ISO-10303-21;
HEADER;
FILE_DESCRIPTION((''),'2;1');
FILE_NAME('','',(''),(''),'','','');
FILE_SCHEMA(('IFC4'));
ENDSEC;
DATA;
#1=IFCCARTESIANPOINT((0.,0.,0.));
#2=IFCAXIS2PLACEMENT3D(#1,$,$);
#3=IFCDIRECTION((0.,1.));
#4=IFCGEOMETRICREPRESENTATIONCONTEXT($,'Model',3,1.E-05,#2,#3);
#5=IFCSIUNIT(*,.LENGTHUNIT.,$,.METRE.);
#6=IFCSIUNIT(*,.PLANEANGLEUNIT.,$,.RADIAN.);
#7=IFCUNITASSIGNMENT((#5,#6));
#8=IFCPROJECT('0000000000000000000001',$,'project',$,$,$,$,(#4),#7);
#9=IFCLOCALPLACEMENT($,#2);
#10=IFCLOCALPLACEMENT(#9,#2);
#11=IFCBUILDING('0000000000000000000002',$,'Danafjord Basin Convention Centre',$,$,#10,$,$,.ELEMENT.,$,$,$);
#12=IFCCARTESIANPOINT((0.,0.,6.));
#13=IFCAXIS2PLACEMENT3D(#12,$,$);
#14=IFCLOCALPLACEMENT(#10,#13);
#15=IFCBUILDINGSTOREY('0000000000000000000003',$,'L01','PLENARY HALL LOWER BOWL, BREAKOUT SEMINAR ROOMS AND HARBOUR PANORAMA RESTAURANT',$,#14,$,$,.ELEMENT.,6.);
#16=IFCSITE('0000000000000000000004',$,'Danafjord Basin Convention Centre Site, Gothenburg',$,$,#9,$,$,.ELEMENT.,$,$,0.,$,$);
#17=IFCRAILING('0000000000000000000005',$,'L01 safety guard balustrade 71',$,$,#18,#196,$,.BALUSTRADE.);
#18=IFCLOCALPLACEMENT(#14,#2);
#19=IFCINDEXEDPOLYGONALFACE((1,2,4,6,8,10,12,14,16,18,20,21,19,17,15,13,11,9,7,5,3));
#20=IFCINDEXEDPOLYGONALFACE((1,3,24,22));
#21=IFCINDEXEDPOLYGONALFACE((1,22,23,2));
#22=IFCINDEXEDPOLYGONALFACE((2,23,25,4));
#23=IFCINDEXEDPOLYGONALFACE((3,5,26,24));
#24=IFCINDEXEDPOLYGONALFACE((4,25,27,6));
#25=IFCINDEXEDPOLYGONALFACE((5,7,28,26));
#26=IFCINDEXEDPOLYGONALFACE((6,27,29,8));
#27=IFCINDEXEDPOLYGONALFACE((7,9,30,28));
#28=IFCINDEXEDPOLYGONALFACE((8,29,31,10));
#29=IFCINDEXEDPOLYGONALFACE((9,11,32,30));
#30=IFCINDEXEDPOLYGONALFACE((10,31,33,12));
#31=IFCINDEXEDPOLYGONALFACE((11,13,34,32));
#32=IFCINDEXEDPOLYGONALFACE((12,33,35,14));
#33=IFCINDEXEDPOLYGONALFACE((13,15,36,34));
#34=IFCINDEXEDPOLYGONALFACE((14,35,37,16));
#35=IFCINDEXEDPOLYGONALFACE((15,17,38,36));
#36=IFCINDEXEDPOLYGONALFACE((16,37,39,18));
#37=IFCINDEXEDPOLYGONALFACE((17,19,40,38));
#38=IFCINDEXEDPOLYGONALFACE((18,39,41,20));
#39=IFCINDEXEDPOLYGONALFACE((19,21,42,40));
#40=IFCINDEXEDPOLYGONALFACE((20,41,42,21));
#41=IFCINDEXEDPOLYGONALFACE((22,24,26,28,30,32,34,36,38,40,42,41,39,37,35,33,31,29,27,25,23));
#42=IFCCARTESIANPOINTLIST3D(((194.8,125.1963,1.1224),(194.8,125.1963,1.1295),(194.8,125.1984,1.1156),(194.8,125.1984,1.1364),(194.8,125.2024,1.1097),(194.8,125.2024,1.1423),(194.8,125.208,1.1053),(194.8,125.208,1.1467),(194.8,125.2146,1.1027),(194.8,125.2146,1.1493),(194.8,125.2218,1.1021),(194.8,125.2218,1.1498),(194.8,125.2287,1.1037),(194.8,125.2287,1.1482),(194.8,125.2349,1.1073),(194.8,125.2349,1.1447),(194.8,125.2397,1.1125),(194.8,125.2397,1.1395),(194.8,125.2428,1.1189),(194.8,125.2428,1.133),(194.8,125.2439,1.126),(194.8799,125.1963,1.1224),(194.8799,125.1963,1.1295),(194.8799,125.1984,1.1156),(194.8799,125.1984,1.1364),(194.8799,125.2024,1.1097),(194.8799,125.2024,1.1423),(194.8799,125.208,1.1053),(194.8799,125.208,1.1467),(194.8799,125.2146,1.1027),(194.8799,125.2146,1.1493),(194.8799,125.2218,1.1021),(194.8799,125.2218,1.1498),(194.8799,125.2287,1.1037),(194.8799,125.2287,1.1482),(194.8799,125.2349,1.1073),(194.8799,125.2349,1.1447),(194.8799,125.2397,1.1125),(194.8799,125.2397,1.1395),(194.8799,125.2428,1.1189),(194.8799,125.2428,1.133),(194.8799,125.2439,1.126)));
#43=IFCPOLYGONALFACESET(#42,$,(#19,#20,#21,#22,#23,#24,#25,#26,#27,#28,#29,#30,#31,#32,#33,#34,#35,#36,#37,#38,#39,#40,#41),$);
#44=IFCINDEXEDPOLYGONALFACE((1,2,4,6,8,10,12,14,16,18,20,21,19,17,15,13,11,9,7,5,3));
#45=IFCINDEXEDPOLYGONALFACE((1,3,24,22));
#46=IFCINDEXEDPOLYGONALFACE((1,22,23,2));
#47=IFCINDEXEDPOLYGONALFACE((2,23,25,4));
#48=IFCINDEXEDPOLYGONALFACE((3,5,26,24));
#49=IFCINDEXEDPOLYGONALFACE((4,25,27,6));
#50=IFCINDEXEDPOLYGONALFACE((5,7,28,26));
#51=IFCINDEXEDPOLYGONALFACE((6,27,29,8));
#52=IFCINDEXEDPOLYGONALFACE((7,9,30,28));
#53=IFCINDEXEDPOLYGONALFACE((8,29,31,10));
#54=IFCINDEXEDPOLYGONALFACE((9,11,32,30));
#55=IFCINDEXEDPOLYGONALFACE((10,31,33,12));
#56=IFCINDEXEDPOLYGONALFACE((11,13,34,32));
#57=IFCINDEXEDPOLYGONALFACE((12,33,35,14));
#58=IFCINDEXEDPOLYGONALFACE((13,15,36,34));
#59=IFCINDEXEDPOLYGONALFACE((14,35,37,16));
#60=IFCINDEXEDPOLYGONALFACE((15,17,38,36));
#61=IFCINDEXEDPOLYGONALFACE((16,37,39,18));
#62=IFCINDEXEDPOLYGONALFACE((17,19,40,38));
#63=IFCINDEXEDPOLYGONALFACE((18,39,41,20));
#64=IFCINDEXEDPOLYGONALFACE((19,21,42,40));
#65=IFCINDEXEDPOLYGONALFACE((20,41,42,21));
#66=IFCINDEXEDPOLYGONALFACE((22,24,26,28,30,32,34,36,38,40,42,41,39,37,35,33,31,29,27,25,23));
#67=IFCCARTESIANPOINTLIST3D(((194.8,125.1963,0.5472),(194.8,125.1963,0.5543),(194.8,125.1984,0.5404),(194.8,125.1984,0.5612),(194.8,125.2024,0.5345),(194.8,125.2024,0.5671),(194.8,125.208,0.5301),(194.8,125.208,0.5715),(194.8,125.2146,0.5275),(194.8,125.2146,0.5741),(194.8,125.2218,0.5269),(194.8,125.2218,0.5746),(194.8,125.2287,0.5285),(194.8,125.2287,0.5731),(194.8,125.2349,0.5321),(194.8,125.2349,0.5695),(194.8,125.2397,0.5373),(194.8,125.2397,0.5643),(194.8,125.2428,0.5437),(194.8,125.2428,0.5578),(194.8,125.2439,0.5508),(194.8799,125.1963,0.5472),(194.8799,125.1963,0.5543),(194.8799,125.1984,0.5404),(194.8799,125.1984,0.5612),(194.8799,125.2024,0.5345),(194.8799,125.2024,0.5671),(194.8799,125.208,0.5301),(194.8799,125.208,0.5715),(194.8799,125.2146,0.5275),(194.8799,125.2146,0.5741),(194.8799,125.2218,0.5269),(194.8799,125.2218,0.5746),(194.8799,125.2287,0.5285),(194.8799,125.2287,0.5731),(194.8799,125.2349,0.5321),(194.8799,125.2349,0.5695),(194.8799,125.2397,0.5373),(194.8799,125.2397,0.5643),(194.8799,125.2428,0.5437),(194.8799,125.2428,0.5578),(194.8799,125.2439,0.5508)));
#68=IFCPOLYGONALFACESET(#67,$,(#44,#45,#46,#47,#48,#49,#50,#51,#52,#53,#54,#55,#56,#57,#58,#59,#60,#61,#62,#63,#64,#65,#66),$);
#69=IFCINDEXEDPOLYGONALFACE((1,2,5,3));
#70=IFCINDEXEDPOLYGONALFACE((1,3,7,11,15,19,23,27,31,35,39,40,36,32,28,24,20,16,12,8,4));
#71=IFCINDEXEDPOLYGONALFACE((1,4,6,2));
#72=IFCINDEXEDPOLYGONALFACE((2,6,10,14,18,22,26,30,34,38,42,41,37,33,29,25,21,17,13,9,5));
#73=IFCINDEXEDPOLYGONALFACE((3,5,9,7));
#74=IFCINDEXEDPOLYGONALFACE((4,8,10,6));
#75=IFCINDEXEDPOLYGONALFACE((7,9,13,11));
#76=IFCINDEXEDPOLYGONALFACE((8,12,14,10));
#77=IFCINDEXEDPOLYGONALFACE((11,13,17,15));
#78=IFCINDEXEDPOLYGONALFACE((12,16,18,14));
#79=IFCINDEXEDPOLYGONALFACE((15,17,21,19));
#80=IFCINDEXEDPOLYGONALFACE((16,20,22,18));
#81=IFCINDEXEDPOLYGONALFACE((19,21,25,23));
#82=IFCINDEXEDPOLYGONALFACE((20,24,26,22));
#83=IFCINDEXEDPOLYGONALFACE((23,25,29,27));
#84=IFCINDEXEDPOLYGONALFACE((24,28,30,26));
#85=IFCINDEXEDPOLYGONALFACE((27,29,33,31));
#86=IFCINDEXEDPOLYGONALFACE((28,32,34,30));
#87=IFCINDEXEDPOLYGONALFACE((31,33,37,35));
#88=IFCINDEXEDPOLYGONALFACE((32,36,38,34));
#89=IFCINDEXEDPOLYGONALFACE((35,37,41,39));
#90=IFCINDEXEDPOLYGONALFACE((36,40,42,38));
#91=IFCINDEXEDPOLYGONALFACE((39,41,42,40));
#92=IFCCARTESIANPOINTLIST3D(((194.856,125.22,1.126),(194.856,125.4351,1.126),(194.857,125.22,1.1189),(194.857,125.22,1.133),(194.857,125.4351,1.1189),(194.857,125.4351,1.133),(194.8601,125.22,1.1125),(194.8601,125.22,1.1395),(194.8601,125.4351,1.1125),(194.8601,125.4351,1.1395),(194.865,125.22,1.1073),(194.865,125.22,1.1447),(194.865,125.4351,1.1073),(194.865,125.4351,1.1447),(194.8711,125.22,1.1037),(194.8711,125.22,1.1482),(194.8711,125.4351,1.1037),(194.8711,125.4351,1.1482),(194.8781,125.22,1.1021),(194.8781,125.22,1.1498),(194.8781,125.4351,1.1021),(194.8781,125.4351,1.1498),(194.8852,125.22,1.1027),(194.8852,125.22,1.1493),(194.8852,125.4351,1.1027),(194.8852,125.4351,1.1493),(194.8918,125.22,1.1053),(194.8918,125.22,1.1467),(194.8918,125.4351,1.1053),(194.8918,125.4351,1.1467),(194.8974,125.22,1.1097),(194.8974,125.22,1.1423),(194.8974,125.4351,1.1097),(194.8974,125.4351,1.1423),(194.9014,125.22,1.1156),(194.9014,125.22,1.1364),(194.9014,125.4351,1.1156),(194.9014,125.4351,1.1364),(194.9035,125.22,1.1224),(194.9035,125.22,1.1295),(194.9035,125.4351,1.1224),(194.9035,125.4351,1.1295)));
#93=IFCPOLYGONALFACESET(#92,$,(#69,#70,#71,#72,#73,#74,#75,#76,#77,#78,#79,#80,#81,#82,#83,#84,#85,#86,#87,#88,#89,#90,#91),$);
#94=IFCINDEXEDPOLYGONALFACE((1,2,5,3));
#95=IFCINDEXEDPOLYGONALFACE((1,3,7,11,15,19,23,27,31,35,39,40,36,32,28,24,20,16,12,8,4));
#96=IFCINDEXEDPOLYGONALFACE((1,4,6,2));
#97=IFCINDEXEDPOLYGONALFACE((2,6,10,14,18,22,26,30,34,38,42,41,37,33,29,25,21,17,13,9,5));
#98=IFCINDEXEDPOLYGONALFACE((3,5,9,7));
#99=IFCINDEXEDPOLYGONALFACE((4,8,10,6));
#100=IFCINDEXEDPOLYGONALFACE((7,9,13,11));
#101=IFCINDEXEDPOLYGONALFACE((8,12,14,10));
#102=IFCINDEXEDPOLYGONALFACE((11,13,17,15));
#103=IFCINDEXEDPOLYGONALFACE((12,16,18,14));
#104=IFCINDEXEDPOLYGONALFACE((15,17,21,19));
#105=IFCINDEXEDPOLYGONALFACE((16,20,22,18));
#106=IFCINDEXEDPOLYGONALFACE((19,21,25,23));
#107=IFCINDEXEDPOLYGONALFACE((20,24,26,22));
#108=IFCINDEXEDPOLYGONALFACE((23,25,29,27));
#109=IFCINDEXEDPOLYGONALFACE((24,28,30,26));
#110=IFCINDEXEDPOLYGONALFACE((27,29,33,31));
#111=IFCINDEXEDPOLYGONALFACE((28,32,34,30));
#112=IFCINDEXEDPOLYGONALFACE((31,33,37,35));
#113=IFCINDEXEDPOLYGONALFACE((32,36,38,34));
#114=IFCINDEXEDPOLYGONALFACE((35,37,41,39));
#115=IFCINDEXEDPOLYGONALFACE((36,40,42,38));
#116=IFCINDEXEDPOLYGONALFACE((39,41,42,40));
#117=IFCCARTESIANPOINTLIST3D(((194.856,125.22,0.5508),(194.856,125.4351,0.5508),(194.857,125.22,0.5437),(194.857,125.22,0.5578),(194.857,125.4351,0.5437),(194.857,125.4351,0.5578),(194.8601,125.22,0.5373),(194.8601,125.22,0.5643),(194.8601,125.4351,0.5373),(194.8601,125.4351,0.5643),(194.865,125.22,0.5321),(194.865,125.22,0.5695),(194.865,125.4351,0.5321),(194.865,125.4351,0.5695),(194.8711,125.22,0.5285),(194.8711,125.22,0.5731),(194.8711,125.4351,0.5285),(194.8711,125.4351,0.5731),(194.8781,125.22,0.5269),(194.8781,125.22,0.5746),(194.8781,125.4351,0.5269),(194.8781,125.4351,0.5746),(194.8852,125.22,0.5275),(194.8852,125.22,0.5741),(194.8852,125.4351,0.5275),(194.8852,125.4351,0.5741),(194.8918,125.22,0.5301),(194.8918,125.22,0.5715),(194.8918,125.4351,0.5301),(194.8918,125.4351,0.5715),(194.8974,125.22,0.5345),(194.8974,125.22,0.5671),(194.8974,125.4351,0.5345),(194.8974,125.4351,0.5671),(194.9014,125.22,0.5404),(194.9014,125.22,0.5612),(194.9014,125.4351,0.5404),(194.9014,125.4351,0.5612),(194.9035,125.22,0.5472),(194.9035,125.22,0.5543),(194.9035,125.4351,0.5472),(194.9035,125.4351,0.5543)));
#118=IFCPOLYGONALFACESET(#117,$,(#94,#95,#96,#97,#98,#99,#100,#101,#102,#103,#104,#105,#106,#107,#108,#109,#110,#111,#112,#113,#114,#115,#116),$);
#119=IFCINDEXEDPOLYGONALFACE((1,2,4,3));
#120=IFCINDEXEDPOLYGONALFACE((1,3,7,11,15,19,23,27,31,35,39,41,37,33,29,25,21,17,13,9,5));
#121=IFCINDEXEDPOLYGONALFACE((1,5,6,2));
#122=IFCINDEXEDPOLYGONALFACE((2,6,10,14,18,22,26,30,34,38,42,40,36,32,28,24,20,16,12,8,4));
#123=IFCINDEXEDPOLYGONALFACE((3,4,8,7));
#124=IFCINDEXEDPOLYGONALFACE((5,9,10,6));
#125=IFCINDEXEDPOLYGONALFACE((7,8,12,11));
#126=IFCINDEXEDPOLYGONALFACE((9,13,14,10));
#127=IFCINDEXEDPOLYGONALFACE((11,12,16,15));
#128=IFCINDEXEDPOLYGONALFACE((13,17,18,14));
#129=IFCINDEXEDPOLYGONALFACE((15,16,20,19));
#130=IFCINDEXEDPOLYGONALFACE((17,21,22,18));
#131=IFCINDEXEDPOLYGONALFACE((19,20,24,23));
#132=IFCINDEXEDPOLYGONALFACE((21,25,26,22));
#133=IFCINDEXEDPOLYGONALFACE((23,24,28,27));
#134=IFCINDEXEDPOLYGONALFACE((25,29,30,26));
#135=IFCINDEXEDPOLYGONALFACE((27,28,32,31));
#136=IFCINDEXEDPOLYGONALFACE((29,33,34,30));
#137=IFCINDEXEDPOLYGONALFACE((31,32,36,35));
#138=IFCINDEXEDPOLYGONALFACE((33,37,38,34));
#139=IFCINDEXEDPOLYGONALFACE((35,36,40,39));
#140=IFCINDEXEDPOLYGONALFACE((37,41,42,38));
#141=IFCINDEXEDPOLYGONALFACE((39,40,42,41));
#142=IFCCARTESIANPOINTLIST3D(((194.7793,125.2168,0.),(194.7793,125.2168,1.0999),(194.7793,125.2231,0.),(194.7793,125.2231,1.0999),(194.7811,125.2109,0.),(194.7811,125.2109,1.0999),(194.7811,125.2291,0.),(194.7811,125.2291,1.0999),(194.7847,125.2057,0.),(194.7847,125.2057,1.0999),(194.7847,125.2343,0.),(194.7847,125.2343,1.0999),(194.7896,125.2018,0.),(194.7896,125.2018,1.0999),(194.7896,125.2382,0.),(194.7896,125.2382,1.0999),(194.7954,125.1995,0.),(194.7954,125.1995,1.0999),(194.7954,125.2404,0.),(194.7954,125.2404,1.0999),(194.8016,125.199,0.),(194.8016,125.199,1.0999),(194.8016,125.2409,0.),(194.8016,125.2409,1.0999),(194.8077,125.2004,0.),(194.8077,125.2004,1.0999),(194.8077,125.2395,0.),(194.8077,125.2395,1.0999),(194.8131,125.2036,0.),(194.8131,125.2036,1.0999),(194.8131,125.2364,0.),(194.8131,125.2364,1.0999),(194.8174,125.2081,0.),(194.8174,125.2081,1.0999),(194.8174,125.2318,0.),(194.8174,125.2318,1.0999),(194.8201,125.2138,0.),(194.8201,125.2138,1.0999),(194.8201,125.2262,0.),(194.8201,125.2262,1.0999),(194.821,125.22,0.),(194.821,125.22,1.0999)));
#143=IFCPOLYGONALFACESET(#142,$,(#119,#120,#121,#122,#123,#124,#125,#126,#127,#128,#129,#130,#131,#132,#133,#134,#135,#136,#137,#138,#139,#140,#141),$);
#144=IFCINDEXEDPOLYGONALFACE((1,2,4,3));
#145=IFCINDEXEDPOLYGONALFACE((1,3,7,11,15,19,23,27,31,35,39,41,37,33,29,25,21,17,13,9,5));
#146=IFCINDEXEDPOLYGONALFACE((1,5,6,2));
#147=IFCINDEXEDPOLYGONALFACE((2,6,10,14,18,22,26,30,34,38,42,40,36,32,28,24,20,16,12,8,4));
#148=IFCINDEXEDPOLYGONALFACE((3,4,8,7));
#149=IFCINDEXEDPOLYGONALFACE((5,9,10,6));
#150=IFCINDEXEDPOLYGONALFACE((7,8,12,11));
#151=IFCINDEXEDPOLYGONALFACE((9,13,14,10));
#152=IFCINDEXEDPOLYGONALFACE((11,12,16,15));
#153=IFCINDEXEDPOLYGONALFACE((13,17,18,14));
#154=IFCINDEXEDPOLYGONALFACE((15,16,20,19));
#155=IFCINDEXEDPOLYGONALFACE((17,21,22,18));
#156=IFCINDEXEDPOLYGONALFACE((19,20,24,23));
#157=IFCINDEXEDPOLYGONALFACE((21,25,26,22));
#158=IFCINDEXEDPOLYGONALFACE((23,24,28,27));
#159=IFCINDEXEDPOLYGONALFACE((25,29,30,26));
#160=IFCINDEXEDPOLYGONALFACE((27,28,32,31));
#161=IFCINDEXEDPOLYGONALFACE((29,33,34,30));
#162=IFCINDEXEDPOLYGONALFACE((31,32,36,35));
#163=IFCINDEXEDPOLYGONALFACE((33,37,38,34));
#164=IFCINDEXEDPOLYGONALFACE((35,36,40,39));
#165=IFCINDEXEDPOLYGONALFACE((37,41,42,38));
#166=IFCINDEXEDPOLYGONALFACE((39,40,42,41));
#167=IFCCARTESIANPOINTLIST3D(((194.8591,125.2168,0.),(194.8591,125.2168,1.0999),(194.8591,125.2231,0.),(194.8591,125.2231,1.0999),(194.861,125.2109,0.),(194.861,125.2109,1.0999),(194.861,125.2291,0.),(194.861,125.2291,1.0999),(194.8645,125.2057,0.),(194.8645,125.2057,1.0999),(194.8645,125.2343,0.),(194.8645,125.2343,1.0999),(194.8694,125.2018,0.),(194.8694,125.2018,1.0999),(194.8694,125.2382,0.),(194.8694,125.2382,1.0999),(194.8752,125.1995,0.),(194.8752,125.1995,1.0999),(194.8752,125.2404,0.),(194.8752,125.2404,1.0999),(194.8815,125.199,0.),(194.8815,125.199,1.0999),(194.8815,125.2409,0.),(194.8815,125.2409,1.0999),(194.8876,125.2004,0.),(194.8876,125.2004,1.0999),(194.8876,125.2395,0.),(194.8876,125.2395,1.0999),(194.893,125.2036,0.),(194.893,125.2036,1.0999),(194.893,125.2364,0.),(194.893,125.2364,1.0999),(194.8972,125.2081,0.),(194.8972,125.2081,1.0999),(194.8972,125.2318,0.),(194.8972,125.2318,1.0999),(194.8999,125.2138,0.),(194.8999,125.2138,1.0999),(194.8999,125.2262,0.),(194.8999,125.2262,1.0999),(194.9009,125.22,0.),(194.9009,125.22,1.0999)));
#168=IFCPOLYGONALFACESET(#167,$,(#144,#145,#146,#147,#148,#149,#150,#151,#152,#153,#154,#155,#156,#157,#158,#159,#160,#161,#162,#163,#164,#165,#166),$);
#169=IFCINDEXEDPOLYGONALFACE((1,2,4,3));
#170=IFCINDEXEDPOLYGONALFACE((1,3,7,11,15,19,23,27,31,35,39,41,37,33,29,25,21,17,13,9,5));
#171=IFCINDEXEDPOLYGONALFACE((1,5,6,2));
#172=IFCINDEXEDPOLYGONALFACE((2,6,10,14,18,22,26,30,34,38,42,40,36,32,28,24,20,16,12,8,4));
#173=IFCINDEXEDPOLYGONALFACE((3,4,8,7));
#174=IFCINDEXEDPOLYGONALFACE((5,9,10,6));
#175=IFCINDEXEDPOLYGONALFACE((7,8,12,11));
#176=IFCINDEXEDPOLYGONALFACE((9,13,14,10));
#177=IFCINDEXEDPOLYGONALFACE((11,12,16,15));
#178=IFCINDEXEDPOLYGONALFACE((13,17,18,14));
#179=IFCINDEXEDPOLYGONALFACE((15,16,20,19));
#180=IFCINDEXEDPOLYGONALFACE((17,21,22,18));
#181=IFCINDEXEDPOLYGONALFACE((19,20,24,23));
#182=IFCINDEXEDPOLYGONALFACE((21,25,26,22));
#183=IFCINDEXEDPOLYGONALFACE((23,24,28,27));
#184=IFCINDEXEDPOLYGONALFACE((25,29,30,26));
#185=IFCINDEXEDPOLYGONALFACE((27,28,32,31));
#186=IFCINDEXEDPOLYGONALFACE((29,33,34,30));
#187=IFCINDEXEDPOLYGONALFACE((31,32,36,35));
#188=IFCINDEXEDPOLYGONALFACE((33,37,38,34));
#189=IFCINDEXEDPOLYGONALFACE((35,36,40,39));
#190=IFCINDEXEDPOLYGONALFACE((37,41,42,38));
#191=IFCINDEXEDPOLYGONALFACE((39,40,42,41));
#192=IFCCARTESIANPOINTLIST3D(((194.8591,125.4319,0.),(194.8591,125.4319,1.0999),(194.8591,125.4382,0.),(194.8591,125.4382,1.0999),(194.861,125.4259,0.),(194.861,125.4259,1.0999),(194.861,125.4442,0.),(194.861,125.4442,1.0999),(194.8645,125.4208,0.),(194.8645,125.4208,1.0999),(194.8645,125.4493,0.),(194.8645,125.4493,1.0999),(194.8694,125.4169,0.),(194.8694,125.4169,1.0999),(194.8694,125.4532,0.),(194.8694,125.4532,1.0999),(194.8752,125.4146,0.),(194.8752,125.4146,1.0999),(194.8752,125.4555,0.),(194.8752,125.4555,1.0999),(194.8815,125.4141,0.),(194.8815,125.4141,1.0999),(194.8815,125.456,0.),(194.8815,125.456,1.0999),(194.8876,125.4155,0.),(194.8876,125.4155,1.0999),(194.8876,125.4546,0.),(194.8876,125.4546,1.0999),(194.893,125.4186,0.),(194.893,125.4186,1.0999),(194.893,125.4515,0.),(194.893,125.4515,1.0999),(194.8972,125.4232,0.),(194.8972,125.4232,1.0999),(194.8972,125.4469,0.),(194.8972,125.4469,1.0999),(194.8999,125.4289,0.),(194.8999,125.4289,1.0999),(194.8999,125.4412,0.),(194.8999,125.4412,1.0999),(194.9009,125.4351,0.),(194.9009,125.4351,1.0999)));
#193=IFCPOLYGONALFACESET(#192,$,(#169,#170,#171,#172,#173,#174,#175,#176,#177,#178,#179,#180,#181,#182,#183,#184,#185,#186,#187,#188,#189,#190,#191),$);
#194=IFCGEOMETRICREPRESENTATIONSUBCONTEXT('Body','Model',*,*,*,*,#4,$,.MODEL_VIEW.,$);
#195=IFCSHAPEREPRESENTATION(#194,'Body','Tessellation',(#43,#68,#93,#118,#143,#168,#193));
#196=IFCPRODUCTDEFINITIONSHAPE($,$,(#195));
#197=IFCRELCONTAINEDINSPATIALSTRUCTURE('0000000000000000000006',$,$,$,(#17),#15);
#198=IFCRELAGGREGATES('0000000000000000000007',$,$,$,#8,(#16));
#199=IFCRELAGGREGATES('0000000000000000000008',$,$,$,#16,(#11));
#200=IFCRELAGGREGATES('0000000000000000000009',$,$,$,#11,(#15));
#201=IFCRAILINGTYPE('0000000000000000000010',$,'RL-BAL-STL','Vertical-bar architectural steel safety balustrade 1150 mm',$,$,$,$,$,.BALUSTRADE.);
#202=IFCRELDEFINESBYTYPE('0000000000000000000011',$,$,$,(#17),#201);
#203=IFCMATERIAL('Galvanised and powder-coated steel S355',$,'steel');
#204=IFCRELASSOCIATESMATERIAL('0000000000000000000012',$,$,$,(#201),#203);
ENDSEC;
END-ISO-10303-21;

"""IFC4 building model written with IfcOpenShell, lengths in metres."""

from ifc_helpers import new_model, si_unit, direction, frame, origin, origin_2d, place, context, subcontext, project, spatial, circle, extrude, material, type_object, element, save


model = new_model("IFC4")

# Units and contexts
model_context = context("Model", 3, precision=1e-05, world=origin(), true_north=direction((0.0, 1.0)))
body_context = subcontext(model_context, "Body", "Model", "MODEL_VIEW")
ifc_project = project(units=[si_unit("LENGTHUNIT", "METRE"), si_unit("PLANEANGLEUNIT", "RADIAN")], contexts=[model_context])

# Site, building, storey
site_placement = place(None, origin())
site = spatial("IfcSite", under=ifc_project, at=site_placement, Name="Danafjord Basin Convention Centre Site, Gothenburg", CompositionType="ELEMENT", RefElevation=0.0)
building_placement = place(site_placement, origin())
building = spatial("IfcBuilding", under=site, at=building_placement, Name="Danafjord Basin Convention Centre", CompositionType="ELEMENT")
storey_placement = place(building_placement, frame((0.0, 0.0, 6.0)))
storey = spatial("IfcBuildingStorey", under=building, at=storey_placement, Name="L01", Description="PLENARY HALL LOWER BOWL, BREAKOUT SEMINAR ROOMS AND HARBOUR PANORAMA RESTAURANT", CompositionType="ELEMENT", Elevation=6.0)

# Railing
ifc_material_1 = material(Name="Galvanised and powder-coated steel S355", Category="steel")
railing_type_1 = type_object("IfcRailingType", Name="RL-BAL-STL", Description="Vertical-bar architectural steel safety balustrade 1150 mm", PredefinedType="BALUSTRADE", material=ifc_material_1)
railing_1_placement = place(storey_placement, frame((194.8, 125.22, 0.0)))
element("IfcRailing", 1, at=railing_1_placement, inside=storey, type_object=railing_type_1, Name="L01 safety guard balustrade 71", PredefinedType="BALUSTRADE", context=body_context, shape_type="SweptSolid", body=[
    extrude(circle(Radius=0.0239, at=origin_2d()), frame((0.0, 0.0, 1.126), z_axis=(1.0, 0.0, 0.0), x_axis=(0.0, 1.0, 0.0)), (0.0, 0.0, 1.0), 0.0798),
    extrude(circle(Radius=0.0239, at=origin_2d()), frame((0.0, 0.0, 0.5508), z_axis=(1.0, 0.0, 0.0), x_axis=(0.0, 1.0, 0.0)), (0.0, 0.0, 1.0), 0.0798),
    extrude(circle(Radius=0.0239, at=origin_2d()), frame((0.0798, 0.0, 1.126), z_axis=(0.0, 1.0, 0.0), x_axis=(-1.0, 0.0, 0.0)), (0.0, 0.0, 1.0), 0.2151),
    extrude(circle(Radius=0.0239, at=origin_2d()), frame((0.0798, 0.0, 0.5508), z_axis=(0.0, 1.0, 0.0), x_axis=(-1.0, 0.0, 0.0)), (0.0, 0.0, 1.0), 0.2151),
    extrude(circle(Radius=0.021, at=origin_2d()), origin(), (0.0, 0.0, 1.0), 1.0999),
    extrude(circle(Radius=0.021, at=origin_2d()), frame((0.0798, 0.0, 0.0)), (0.0, 0.0, 1.0), 1.0999),
    extrude(circle(Radius=0.021, at=origin_2d()), frame((0.0798, 0.2151, 0.0)), (0.0, 0.0, 1.0), 1.0999),
])

save(model, "model.ifc")
